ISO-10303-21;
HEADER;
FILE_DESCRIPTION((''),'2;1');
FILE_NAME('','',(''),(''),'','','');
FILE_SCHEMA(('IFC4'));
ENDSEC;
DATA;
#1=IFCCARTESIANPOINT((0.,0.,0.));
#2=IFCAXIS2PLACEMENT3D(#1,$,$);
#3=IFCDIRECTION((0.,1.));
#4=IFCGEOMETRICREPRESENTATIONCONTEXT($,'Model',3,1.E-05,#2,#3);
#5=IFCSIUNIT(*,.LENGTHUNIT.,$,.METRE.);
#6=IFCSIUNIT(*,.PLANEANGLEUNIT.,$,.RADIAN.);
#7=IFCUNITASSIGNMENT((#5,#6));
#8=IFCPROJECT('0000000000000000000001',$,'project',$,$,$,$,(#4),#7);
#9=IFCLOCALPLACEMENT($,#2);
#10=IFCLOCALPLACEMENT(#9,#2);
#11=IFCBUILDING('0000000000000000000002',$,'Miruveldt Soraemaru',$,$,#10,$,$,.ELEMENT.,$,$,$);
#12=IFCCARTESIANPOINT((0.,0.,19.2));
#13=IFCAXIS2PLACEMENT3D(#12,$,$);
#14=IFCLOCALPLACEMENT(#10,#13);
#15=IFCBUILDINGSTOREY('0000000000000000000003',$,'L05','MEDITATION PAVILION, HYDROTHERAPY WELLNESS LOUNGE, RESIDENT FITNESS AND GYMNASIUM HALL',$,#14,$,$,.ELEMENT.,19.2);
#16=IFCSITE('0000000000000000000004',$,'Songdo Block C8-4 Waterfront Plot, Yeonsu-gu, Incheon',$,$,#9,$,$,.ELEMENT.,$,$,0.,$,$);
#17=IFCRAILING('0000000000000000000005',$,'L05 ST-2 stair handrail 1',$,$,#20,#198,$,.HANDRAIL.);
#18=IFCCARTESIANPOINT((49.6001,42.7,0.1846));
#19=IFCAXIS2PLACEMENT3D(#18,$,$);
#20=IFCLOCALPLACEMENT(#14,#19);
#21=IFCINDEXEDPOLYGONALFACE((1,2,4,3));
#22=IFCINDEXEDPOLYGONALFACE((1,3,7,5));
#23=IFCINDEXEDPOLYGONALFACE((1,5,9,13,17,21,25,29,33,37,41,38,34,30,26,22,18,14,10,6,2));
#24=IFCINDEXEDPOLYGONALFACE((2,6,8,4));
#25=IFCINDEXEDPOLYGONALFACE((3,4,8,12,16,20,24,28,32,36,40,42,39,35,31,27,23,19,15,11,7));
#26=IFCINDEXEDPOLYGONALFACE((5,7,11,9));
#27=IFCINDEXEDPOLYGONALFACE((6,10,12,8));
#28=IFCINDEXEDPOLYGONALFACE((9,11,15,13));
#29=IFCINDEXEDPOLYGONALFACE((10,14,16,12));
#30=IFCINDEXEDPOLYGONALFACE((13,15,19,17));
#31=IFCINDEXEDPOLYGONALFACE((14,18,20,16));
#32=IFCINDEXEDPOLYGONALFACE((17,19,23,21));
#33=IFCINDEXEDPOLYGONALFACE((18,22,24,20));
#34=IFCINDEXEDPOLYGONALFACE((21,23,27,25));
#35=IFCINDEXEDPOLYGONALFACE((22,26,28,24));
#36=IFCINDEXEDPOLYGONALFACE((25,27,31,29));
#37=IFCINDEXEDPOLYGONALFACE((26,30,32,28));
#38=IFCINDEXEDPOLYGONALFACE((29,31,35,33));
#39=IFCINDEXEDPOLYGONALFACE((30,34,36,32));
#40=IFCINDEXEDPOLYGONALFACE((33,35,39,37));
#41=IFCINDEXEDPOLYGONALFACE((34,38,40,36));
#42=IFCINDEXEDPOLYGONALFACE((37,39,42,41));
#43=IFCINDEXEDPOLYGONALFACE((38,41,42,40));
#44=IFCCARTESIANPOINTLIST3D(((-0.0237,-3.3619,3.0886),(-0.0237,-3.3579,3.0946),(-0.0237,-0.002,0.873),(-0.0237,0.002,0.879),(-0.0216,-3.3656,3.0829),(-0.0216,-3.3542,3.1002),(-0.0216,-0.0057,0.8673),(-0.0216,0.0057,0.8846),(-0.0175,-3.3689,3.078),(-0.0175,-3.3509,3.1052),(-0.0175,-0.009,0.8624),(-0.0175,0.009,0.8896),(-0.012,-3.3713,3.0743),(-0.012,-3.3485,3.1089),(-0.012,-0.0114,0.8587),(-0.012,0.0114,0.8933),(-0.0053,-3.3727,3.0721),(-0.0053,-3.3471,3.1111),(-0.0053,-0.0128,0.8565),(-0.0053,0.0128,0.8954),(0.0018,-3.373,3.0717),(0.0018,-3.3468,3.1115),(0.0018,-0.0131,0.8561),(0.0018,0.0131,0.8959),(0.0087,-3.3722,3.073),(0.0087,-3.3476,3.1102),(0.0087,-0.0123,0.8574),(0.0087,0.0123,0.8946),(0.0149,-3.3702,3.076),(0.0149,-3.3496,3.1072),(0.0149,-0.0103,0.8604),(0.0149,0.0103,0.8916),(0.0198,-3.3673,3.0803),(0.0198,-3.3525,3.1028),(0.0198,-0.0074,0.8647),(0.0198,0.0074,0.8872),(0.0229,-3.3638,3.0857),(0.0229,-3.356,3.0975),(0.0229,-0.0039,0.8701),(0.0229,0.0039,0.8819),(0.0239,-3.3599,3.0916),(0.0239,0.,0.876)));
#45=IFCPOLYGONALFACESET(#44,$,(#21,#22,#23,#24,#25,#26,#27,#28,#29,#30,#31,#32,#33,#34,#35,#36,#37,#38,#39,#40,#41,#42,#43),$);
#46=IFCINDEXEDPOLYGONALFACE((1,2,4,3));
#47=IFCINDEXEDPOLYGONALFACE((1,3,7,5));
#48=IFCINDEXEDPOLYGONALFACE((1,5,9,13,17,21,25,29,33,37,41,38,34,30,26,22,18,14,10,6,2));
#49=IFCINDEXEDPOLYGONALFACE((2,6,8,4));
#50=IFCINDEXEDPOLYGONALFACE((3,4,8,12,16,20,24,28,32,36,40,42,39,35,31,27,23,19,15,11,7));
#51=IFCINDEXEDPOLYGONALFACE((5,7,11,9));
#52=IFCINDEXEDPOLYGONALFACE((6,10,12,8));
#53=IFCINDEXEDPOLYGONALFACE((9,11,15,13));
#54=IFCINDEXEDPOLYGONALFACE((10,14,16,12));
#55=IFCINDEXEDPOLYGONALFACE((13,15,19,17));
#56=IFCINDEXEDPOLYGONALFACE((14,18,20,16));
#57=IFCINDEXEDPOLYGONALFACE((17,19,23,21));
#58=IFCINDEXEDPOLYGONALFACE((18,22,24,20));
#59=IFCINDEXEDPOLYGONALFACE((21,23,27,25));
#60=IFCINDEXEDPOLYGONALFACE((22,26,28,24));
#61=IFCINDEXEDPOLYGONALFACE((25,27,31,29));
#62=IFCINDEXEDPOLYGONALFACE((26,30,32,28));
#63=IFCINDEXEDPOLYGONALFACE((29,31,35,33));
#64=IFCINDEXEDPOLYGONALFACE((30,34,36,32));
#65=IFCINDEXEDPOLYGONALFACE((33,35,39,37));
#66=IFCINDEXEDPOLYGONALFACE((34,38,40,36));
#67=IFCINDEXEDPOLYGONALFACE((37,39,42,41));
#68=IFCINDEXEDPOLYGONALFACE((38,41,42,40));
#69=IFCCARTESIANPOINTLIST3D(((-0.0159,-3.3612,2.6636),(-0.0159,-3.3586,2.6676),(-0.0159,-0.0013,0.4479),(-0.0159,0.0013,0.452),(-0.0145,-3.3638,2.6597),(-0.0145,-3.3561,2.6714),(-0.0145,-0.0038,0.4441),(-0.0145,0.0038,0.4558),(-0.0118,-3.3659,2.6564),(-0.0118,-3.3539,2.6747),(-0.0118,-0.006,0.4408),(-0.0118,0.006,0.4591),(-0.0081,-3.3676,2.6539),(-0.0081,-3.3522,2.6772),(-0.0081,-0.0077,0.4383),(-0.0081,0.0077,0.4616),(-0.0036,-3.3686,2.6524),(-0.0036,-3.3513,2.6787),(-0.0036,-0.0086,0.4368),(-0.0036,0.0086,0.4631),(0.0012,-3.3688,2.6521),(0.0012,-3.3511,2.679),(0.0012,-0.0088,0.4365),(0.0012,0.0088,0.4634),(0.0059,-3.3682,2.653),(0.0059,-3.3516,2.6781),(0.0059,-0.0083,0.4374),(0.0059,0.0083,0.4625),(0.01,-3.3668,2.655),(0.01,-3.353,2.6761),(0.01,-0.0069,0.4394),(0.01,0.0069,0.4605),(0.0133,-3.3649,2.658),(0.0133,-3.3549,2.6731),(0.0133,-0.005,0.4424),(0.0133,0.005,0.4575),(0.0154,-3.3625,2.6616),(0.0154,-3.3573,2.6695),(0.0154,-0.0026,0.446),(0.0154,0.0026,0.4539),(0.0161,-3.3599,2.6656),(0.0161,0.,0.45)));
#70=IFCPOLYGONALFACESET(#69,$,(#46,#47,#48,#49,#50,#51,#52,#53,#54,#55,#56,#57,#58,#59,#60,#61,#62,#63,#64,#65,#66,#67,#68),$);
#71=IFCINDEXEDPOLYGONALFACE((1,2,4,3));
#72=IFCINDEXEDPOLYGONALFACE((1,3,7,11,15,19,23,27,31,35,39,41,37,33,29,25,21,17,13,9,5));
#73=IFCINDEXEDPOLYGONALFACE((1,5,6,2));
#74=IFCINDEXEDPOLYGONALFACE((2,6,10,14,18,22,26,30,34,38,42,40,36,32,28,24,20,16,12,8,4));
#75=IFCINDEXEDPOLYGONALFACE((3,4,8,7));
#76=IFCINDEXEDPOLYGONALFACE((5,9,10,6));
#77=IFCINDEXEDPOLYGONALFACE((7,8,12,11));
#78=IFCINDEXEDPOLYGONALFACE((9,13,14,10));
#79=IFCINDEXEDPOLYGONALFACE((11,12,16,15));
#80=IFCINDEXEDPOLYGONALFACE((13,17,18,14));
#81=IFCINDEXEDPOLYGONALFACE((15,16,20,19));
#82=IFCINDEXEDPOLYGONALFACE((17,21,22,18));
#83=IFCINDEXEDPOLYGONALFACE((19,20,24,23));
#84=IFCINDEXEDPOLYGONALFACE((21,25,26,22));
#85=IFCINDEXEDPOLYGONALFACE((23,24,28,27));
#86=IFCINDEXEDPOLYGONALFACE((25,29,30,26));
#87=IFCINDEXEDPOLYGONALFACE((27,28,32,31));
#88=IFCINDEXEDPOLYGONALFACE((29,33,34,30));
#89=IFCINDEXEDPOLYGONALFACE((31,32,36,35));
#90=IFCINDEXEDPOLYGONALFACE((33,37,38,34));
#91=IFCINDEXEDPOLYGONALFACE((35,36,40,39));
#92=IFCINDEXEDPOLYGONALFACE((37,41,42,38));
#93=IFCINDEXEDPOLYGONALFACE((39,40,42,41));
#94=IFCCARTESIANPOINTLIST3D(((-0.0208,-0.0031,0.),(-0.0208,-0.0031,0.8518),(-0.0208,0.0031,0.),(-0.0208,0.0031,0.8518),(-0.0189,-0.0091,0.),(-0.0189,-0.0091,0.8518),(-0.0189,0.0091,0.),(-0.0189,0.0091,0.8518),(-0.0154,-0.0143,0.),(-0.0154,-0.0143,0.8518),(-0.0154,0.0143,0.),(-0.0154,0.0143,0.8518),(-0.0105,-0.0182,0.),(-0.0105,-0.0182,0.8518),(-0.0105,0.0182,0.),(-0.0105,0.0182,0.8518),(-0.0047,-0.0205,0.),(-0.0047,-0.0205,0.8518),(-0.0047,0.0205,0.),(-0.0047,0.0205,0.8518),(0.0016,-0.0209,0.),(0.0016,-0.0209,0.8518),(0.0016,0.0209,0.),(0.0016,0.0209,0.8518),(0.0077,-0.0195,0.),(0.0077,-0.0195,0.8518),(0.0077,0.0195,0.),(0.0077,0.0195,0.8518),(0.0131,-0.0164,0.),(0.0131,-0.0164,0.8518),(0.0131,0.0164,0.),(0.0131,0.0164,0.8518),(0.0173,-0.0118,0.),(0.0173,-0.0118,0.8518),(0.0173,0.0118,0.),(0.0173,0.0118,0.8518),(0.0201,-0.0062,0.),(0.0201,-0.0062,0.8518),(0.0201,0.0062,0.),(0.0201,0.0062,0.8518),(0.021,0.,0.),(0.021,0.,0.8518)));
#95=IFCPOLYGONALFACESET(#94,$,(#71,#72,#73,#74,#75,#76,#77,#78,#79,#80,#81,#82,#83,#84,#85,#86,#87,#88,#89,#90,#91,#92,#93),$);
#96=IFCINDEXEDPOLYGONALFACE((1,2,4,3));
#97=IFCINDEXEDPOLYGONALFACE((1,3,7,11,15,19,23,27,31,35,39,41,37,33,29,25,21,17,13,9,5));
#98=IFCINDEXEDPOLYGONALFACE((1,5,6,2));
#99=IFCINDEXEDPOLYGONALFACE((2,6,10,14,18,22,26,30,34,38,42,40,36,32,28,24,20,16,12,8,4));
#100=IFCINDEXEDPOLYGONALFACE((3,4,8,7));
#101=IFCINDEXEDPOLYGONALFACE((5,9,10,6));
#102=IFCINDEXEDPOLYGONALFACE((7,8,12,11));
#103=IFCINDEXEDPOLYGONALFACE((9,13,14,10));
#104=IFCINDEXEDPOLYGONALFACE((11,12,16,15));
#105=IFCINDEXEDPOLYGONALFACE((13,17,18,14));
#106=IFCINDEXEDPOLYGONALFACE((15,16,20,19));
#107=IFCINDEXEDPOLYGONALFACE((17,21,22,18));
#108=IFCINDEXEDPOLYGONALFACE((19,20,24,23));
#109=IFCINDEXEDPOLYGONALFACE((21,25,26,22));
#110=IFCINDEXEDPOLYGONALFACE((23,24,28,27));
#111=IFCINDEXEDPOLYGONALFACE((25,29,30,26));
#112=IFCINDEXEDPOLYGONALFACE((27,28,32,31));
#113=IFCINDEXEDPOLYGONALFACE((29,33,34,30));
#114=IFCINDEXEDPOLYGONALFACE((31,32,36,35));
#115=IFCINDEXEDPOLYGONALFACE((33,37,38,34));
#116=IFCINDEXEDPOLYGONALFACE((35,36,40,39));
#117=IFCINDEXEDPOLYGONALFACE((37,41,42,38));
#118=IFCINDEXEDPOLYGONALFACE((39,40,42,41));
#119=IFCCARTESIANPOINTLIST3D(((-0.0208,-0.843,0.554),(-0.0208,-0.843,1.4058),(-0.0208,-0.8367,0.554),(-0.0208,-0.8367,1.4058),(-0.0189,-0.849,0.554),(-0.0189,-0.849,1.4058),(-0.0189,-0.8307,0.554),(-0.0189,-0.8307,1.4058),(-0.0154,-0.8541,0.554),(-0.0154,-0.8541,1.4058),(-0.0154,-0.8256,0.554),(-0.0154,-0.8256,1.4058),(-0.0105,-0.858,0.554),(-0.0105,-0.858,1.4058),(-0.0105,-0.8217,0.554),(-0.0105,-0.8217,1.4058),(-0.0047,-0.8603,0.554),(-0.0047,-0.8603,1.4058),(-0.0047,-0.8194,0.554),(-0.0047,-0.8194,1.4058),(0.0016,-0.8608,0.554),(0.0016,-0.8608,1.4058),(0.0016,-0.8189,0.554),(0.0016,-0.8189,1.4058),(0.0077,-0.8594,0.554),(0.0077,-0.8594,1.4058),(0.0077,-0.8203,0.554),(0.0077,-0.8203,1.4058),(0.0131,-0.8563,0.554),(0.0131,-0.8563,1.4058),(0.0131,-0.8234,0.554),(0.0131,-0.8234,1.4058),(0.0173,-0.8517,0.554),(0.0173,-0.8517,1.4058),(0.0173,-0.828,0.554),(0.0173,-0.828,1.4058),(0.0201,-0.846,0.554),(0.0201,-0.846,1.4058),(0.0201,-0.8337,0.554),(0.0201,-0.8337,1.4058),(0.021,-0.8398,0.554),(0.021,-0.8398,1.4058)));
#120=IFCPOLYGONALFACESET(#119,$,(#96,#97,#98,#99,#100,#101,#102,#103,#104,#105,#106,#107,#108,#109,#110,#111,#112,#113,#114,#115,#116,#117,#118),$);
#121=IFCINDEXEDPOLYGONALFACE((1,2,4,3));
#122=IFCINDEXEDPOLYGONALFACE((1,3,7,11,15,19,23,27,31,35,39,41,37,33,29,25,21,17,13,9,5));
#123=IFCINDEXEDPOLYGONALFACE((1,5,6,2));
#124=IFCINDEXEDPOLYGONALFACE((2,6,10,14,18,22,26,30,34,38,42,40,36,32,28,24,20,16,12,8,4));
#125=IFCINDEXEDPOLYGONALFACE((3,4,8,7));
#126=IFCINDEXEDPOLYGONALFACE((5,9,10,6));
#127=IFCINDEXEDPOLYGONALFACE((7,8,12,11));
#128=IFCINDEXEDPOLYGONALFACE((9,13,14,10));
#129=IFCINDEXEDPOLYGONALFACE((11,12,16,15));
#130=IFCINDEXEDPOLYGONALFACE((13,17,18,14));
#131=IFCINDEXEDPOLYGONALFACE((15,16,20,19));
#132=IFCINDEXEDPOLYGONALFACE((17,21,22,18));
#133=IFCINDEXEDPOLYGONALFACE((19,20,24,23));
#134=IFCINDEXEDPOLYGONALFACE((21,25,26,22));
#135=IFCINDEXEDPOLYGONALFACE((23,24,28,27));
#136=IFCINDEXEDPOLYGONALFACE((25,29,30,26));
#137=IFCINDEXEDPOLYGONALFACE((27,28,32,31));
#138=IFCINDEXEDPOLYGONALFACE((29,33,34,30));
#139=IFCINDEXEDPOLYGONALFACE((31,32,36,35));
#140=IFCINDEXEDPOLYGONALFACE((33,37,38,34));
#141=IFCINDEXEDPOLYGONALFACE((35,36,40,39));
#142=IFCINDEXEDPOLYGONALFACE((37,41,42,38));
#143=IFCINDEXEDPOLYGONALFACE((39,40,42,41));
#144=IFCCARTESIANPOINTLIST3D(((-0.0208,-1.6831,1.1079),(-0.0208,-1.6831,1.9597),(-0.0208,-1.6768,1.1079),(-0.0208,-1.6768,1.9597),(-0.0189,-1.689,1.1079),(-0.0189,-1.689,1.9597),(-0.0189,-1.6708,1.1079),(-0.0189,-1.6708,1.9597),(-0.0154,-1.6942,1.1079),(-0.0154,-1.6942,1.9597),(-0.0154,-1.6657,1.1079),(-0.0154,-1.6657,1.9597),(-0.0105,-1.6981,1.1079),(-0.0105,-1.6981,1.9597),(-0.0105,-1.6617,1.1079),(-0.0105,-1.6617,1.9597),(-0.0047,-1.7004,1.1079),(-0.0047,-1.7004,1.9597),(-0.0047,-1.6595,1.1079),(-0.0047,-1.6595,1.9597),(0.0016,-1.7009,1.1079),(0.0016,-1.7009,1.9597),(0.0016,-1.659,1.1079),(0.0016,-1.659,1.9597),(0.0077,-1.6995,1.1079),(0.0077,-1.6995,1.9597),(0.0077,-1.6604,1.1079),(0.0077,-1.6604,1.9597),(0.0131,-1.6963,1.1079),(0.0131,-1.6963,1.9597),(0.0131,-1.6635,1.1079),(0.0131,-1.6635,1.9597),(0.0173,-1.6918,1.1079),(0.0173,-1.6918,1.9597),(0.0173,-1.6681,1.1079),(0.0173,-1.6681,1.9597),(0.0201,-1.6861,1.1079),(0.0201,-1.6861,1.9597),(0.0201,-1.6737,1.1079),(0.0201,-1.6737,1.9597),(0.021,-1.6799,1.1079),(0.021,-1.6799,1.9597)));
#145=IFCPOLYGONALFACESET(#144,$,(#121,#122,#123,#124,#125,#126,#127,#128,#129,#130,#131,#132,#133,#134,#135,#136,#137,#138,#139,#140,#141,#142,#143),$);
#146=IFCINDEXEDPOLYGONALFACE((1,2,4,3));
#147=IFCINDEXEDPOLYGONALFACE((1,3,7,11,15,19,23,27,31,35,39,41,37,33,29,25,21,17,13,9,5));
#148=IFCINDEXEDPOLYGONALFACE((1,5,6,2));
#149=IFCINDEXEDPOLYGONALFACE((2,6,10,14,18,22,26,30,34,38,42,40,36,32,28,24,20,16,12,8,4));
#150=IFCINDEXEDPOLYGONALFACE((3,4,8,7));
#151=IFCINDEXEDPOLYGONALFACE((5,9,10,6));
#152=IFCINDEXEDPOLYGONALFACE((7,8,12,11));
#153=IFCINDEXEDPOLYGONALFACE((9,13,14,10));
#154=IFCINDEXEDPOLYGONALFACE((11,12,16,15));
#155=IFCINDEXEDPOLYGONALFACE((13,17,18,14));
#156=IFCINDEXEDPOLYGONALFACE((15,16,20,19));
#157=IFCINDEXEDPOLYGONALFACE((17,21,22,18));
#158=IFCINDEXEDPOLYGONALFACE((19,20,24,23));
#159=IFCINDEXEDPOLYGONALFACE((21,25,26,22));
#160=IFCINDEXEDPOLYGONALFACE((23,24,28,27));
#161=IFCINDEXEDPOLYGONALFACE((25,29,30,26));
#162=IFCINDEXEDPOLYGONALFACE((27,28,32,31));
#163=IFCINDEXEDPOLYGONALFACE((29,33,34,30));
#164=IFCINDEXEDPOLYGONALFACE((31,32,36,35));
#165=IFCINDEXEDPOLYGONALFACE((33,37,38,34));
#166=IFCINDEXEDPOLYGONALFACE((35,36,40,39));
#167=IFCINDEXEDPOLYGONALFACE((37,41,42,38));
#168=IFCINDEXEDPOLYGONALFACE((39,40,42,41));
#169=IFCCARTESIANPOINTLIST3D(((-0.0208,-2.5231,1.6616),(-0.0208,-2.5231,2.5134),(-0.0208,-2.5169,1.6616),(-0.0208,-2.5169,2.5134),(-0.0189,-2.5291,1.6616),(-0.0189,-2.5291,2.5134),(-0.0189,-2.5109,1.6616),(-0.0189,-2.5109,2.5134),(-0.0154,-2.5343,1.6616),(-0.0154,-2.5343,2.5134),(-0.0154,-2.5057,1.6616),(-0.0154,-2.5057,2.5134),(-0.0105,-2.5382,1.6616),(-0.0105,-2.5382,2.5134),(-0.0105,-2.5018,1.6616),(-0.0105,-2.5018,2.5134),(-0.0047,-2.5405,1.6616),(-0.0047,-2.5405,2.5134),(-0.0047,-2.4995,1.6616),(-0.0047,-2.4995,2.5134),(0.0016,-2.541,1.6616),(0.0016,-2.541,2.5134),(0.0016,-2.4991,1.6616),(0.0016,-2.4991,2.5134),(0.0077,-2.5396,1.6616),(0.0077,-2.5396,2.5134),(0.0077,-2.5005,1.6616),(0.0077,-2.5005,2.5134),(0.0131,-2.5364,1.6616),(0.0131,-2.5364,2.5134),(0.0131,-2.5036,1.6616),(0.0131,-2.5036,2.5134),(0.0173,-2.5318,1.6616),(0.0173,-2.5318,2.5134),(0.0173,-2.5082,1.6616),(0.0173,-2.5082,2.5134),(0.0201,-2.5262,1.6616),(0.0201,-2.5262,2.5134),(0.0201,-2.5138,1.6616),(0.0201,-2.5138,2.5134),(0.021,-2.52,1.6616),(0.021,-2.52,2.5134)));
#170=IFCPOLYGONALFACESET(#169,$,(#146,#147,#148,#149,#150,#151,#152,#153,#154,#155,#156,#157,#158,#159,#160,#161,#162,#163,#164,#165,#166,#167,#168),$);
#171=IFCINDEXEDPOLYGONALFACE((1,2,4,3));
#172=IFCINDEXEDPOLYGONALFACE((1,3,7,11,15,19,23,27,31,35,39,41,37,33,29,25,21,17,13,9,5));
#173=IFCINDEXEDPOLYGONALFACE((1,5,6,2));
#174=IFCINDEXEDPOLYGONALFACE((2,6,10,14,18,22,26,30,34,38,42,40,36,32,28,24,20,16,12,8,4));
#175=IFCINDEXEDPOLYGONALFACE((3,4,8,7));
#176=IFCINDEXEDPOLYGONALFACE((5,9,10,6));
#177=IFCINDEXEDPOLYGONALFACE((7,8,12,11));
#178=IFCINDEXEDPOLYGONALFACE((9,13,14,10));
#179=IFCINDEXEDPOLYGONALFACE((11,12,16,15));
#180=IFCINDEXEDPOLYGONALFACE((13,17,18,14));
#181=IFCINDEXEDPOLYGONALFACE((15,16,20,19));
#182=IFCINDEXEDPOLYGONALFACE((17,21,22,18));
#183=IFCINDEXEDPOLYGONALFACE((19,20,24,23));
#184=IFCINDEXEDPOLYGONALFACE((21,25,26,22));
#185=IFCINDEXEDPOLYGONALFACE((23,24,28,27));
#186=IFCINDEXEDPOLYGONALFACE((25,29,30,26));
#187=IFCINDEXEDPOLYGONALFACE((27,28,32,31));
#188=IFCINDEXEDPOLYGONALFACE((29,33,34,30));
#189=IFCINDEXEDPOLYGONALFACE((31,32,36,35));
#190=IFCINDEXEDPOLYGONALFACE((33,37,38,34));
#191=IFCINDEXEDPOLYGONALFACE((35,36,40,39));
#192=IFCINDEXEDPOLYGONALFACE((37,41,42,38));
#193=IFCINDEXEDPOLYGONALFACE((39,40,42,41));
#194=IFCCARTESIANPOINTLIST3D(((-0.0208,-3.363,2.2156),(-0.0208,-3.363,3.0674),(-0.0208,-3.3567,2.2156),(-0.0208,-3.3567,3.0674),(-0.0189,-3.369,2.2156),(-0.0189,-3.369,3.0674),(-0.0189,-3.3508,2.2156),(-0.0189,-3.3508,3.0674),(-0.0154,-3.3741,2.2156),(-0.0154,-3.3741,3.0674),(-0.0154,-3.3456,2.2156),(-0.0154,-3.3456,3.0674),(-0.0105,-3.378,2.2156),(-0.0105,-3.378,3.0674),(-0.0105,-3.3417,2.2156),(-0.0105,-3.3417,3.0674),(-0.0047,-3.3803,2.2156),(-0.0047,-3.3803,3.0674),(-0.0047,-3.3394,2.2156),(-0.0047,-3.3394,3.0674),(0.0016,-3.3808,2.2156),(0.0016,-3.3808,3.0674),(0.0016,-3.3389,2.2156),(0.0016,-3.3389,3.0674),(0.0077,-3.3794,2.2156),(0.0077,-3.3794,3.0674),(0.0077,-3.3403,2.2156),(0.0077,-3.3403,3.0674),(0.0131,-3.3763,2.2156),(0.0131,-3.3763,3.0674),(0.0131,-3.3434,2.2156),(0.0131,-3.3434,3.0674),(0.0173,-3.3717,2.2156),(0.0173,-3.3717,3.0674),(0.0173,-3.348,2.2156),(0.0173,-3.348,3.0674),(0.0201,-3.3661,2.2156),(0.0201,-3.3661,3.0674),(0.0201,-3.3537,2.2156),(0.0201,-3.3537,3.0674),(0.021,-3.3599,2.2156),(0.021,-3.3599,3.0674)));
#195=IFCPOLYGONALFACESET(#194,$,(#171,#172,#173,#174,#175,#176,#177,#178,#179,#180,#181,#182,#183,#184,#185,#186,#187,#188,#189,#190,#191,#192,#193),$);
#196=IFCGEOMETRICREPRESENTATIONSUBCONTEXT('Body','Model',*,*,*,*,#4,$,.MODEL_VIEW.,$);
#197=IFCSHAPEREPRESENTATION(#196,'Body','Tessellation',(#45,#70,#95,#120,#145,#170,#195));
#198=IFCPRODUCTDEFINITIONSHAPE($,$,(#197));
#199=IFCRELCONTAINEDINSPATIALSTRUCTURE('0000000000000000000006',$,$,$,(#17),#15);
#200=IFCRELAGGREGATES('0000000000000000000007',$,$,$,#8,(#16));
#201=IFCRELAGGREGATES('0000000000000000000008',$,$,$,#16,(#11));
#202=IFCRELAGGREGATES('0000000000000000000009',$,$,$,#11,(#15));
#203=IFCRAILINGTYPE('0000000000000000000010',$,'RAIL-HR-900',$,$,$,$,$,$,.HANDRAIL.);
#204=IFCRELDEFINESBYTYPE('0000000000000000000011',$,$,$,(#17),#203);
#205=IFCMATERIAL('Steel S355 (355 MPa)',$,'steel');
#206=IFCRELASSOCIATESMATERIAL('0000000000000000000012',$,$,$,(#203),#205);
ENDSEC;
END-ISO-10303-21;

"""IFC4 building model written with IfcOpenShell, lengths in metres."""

from ifc_helpers import new_model, si_unit, direction, frame, origin, origin_2d, place, context, subcontext, project, spatial, circle, extrude, material, type_object, element, save


model = new_model("IFC4")

# Units and contexts
model_context = context("Model", 3, precision=1e-05, world=origin(), true_north=direction((0.0, 1.0)))
body_context = subcontext(model_context, "Body", "Model", "MODEL_VIEW")
ifc_project = project(units=[si_unit("LENGTHUNIT", "METRE"), si_unit("PLANEANGLEUNIT", "RADIAN")], contexts=[model_context])

# Site, building, storey
site_placement = place(None, origin())
site = spatial("IfcSite", under=ifc_project, at=site_placement, Name="Songdo Block C8-4 Waterfront Plot, Yeonsu-gu, Incheon", CompositionType="ELEMENT", RefElevation=0.0)
building_placement = place(site_placement, origin())
building = spatial("IfcBuilding", under=site, at=building_placement, Name="Miruveldt Soraemaru", CompositionType="ELEMENT")
storey_placement = place(building_placement, frame((0.0, 0.0, 19.2)))
storey = spatial("IfcBuildingStorey", under=building, at=storey_placement, Name="L05", Description="MEDITATION PAVILION, HYDROTHERAPY WELLNESS LOUNGE, RESIDENT FITNESS AND GYMNASIUM HALL", CompositionType="ELEMENT", Elevation=19.2)

# Shared definitions
ifc_material_1 = material(Name="Steel S355 (355 MPa)", Category="steel")

# Railing
railing_type_1 = type_object("IfcRailingType", Name="RAIL-HR-900", PredefinedType="HANDRAIL", material=ifc_material_1)
for number, where, name in (
    (1, (49.6001, 42.7, 0.1846), "L05 ST-2 stair handrail 1"),
):
    element("IfcRailing", number, at=place(storey_placement, frame(where)), inside=storey, type_object=railing_type_1, Name=name, PredefinedType="HANDRAIL", context=body_context, shape_type="SweptSolid", body=[
        extrude(circle(Radius=0.0239, at=origin_2d()), frame((0.0, 0.0, 0.876), z_axis=(0.0, -0.83483, 0.550508), x_axis=(1.0, 0.0, 0.0)), (0.0, 0.0, 1.0), 4.0247),
        extrude(circle(Radius=0.0161, at=origin_2d()), frame((0.0, 0.0, 0.45), z_axis=(0.0, -0.83483, 0.550508), x_axis=(1.0, 0.0, 0.0)), (0.0, 0.0, 1.0), 4.0247),
        extrude(circle(Radius=0.021, at=origin_2d()), origin(), (0.0, 0.0, 1.0), 0.8518),
        extrude(circle(Radius=0.021, at=origin_2d()), frame((0.0, -0.8398, 0.554)), (0.0, 0.0, 1.0), 0.8518),
        extrude(circle(Radius=0.021, at=origin_2d()), frame((0.0, -1.6799, 1.1079)), (0.0, 0.0, 1.0), 0.8518),
        extrude(circle(Radius=0.021, at=origin_2d()), frame((0.0, -2.52, 1.6616)), (0.0, 0.0, 1.0), 0.8518),
        extrude(circle(Radius=0.021, at=origin_2d()), frame((0.0, -3.3599, 2.2156)), (0.0, 0.0, 1.0), 0.8518),
    ])

save(model, "model.ifc")
